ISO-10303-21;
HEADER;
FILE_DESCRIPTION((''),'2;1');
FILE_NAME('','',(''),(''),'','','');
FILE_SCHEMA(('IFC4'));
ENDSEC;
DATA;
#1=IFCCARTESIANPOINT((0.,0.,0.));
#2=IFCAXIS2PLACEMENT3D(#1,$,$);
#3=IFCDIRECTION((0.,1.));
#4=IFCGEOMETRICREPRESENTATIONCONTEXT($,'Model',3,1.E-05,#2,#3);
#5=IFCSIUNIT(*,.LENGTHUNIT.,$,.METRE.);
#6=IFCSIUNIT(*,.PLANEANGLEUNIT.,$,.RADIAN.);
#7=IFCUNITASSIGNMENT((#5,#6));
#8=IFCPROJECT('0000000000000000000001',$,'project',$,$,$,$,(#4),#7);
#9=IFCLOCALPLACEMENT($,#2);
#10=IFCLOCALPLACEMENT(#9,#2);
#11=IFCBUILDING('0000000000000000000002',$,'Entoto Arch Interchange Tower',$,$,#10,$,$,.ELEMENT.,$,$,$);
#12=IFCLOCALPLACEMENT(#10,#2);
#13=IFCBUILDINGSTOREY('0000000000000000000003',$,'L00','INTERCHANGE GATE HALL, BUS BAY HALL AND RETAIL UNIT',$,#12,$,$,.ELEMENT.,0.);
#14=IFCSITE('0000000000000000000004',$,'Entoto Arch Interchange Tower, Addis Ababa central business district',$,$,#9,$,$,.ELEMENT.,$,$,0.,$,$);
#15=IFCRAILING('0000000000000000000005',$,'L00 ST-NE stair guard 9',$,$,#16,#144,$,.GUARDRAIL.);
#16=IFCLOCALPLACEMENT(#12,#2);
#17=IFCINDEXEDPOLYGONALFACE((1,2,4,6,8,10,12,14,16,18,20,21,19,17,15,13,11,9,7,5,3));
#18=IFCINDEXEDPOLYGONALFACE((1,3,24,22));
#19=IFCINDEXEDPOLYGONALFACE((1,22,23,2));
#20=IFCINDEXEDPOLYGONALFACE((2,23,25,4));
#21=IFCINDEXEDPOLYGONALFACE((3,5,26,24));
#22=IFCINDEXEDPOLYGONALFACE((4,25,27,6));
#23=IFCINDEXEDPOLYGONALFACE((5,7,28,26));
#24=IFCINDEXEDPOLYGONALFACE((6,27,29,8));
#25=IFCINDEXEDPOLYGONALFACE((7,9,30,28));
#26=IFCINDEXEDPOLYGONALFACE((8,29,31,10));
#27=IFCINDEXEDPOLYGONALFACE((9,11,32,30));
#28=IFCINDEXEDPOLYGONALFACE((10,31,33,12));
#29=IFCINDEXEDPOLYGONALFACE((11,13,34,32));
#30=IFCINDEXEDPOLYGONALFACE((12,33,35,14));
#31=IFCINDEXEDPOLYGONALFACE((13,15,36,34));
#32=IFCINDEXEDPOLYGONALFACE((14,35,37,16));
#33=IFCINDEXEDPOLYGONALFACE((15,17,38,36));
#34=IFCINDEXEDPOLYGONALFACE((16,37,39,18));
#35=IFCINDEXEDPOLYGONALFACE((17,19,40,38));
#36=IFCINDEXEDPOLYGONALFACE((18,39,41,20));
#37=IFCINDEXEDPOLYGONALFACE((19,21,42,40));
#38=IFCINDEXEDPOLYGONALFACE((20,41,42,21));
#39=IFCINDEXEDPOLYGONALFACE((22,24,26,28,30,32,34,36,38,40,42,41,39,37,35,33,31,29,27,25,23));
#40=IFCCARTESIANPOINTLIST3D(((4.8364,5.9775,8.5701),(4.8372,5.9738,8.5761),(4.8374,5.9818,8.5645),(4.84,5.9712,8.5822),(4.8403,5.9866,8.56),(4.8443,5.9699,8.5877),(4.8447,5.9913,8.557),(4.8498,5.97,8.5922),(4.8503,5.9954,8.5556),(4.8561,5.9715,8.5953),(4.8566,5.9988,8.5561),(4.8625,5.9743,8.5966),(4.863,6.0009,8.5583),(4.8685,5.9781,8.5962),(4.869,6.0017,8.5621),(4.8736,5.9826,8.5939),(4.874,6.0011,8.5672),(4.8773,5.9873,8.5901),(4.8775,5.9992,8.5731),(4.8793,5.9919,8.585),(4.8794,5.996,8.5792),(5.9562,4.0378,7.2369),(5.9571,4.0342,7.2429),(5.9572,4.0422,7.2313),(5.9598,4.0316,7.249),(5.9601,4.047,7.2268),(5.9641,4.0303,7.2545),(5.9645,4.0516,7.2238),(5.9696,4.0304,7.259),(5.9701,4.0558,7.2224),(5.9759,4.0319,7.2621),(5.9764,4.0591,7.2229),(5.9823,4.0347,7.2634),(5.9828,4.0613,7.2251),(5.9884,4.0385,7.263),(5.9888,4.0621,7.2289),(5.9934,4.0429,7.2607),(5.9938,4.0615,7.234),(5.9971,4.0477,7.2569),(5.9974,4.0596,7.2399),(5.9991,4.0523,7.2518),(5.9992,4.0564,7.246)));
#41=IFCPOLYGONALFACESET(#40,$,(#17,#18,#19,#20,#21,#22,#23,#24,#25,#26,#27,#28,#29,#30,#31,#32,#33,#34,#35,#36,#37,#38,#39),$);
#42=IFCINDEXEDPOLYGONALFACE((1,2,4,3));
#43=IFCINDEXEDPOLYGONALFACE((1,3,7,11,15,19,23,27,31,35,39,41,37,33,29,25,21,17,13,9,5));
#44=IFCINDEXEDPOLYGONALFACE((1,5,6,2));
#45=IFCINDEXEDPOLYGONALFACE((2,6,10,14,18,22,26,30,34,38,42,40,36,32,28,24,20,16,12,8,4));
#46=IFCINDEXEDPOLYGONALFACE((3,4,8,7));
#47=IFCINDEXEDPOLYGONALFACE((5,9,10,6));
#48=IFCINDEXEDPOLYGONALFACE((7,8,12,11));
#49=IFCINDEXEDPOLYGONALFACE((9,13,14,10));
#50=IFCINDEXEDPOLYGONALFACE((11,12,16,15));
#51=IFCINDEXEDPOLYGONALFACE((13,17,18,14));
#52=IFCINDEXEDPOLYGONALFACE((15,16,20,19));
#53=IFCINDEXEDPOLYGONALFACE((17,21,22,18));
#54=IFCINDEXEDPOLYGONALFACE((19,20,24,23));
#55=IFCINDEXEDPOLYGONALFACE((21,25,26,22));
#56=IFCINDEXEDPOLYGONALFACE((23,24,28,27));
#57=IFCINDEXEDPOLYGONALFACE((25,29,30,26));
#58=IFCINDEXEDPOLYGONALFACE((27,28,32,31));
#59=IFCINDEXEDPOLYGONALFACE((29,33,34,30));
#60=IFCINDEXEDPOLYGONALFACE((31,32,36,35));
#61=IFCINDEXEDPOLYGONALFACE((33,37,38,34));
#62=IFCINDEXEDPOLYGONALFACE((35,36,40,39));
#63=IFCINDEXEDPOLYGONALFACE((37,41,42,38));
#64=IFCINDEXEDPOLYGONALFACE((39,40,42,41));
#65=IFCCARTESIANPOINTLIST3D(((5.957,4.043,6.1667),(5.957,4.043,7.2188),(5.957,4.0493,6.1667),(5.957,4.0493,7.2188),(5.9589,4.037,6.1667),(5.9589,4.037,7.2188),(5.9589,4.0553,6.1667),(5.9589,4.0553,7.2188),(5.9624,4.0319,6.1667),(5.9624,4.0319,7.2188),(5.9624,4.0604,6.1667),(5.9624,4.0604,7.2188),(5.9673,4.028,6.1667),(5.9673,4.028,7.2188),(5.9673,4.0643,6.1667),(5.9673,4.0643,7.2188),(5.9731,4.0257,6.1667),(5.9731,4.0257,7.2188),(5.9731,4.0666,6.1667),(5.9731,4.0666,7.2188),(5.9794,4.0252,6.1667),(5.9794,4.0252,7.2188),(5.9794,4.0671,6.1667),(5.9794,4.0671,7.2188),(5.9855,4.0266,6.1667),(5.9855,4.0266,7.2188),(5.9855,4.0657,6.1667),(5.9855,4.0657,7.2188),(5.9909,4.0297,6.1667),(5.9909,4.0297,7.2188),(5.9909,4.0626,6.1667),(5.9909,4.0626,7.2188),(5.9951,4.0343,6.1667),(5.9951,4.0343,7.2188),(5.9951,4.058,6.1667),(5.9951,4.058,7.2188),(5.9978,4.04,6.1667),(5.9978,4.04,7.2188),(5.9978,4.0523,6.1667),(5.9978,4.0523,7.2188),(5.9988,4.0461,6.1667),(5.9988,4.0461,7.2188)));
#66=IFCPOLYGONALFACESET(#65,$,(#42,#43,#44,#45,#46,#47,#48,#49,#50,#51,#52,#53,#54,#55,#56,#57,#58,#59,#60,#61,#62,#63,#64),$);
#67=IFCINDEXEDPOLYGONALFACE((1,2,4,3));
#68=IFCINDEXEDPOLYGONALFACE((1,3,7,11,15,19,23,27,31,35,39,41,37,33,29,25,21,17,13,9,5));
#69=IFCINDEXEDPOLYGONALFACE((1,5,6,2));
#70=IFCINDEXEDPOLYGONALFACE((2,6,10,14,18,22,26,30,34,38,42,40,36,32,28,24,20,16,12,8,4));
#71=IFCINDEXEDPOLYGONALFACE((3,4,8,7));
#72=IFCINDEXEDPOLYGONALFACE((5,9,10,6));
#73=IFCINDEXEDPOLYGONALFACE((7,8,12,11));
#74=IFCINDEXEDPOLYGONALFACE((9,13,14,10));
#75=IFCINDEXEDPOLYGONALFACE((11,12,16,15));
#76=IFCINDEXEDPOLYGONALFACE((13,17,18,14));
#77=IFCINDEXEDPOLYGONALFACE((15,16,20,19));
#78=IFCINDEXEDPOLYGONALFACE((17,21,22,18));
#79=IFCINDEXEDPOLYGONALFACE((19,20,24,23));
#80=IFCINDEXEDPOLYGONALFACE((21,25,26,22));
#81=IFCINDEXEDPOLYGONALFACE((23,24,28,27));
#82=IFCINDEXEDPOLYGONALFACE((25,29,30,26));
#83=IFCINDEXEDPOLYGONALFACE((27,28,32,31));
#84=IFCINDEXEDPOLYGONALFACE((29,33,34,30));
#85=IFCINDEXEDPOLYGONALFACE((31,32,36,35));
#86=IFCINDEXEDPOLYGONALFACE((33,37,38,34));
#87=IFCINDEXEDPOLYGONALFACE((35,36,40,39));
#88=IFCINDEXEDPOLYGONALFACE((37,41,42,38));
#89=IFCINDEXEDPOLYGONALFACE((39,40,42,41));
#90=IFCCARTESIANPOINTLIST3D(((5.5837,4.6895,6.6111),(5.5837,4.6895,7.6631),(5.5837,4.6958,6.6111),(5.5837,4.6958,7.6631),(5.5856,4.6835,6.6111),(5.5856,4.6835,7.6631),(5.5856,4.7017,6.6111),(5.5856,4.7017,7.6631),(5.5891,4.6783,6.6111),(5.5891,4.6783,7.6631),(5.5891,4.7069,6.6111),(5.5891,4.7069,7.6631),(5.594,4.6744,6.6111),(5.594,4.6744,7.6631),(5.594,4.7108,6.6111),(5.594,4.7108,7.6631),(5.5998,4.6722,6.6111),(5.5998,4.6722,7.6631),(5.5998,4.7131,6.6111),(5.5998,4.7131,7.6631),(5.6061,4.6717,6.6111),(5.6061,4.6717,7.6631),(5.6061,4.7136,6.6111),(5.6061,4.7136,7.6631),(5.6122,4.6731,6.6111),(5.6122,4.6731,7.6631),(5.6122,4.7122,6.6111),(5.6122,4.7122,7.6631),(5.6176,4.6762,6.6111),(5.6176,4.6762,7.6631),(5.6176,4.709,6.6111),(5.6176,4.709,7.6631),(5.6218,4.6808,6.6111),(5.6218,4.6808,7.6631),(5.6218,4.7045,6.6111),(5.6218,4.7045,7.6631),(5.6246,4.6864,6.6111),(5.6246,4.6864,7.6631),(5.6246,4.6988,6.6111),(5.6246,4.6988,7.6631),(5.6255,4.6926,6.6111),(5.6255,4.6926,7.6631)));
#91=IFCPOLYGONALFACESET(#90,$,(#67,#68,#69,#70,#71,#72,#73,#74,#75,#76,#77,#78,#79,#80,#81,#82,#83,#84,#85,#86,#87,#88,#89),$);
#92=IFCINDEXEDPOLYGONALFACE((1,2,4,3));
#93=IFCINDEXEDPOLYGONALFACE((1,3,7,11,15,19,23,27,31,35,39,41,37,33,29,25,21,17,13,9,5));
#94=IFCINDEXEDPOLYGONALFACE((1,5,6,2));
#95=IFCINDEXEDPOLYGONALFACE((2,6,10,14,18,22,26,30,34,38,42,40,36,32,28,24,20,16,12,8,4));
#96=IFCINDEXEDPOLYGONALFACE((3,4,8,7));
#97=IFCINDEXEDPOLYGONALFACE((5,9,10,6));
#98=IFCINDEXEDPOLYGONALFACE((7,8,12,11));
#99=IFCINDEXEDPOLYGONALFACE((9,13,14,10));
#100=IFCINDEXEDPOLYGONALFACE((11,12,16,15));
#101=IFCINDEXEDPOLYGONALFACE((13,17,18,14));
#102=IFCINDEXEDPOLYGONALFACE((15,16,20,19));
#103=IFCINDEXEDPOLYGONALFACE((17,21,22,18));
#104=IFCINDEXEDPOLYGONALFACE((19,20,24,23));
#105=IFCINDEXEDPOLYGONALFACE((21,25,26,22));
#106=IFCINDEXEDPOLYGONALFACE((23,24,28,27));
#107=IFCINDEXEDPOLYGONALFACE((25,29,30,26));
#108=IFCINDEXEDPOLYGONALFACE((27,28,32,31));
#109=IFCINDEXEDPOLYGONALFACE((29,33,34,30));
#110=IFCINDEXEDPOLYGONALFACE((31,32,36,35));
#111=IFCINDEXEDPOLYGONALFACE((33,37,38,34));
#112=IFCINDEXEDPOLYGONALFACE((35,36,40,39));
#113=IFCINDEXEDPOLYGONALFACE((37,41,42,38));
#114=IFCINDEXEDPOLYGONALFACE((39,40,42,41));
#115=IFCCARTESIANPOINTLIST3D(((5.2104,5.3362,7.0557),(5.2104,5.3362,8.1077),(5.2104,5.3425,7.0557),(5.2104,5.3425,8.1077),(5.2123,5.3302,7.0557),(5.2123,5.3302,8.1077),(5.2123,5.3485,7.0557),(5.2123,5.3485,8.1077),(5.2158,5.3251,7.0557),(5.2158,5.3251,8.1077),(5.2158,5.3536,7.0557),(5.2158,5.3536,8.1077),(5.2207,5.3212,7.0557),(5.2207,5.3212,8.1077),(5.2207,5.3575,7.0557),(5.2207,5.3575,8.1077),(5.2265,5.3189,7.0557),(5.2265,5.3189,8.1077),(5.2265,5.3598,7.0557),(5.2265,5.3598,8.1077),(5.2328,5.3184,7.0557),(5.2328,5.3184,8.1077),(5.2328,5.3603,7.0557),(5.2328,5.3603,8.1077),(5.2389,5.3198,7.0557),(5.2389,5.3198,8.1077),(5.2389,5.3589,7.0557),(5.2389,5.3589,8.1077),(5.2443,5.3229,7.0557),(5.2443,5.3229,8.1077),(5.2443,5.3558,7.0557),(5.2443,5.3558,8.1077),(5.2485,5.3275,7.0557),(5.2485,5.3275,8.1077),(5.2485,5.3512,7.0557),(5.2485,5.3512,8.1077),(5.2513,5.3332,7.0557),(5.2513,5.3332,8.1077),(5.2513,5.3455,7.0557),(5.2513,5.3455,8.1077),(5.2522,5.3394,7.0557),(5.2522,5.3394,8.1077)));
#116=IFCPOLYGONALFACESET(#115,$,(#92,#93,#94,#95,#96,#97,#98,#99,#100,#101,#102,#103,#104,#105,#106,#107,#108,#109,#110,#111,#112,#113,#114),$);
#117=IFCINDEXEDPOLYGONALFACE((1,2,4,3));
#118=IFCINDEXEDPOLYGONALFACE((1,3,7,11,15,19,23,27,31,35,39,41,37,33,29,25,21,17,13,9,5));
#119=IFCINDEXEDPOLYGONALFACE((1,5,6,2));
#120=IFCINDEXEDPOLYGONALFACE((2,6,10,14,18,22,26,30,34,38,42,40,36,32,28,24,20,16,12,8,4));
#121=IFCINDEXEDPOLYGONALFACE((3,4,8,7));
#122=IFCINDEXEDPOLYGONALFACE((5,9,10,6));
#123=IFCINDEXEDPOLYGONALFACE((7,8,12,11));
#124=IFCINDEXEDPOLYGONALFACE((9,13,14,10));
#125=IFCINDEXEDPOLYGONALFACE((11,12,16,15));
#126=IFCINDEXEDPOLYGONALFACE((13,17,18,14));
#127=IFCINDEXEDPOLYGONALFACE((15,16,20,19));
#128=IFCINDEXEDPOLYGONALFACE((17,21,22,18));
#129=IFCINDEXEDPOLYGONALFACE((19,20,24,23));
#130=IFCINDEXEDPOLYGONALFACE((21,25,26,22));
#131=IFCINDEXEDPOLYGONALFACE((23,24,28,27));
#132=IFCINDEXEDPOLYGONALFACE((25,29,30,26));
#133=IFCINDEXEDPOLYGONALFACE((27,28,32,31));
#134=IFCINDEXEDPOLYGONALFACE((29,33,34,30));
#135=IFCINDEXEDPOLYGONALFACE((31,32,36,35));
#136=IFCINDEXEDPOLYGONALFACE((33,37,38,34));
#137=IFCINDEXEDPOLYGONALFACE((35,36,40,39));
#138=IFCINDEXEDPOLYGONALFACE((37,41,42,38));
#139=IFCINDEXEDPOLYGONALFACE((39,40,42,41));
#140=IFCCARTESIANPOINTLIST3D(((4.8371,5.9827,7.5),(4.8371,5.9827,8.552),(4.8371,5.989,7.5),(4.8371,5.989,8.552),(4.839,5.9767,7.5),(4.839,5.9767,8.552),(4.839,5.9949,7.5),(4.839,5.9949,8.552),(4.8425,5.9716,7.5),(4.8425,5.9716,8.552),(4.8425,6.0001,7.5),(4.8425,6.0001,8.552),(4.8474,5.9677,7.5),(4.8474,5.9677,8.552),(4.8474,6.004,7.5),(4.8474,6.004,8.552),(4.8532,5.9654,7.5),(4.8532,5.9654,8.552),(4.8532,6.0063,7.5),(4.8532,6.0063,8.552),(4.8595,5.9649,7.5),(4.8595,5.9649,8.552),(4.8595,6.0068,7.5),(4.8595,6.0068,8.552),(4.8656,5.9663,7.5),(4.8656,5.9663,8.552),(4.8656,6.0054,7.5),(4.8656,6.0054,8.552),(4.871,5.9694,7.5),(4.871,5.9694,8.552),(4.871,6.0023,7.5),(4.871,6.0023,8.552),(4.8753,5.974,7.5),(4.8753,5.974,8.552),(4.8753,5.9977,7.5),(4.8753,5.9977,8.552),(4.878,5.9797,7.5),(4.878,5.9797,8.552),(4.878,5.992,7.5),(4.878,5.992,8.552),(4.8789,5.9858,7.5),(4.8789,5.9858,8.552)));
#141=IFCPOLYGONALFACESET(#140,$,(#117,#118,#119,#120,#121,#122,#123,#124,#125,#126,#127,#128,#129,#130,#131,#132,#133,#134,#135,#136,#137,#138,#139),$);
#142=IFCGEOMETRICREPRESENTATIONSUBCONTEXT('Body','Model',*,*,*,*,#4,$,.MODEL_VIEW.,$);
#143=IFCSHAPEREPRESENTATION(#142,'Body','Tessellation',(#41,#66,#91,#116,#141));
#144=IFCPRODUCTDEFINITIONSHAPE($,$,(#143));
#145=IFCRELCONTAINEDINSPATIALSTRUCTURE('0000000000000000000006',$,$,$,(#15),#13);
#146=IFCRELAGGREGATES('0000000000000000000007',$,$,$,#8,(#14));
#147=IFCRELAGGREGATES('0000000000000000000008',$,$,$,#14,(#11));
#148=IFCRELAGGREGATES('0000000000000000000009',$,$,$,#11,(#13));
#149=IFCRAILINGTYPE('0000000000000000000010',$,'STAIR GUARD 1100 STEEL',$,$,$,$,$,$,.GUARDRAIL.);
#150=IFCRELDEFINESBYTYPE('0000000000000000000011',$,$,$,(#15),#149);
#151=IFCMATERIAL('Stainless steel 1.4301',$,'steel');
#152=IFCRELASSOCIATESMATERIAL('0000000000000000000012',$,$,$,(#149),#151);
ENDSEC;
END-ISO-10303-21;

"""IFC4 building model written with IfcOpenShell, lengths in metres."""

from ifc_helpers import new_model, si_unit, direction, frame, origin, origin_2d, place, context, subcontext, project, spatial, circle, extrude, material, type_object, element, save


model = new_model("IFC4")

# Units and contexts
model_context = context("Model", 3, precision=1e-05, world=origin(), true_north=direction((0.0, 1.0)))
body_context = subcontext(model_context, "Body", "Model", "MODEL_VIEW")
ifc_project = project(units=[si_unit("LENGTHUNIT", "METRE"), si_unit("PLANEANGLEUNIT", "RADIAN")], contexts=[model_context])

# Site, building, storey
site_placement = place(None, origin())
site = spatial("IfcSite", under=ifc_project, at=site_placement, Name="Entoto Arch Interchange Tower, Addis Ababa central business district", CompositionType="ELEMENT", RefElevation=0.0)
building_placement = place(site_placement, origin())
building = spatial("IfcBuilding", under=site, at=building_placement, Name="Entoto Arch Interchange Tower", CompositionType="ELEMENT")
storey_placement = place(building_placement, origin())
storey = spatial("IfcBuildingStorey", under=building, at=storey_placement, Name="L00", Description="INTERCHANGE GATE HALL, BUS BAY HALL AND RETAIL UNIT", CompositionType="ELEMENT", Elevation=0.0)

# Railing
ifc_material_1 = material(Name="Stainless steel 1.4301", Category="steel")
railing_type_1 = type_object("IfcRailingType", Name="STAIR GUARD 1100 STEEL", PredefinedType="GUARDRAIL", material=ifc_material_1)
railing_1_placement = place(storey_placement, frame((5.9778, 4.0461, 6.1667)))
element("IfcRailing", 1, at=railing_1_placement, inside=storey, type_object=railing_type_1, Name="L00 ST-NE stair guard 9", PredefinedType="GUARDRAIL", context=body_context, shape_type="SweptSolid", body=[
    extrude(circle(Radius=0.0239, at=origin_2d()), frame((0.0, 0.0, 1.0762), z_axis=(-0.429638, 0.744163, 0.511501), x_axis=(-0.866028, -0.499996, 0.0)), (0.0, 0.0, 1.0), 2.6064),
    extrude(circle(Radius=0.021, at=origin_2d()), origin(), (0.0, 0.0, 1.0), 1.052),
    extrude(circle(Radius=0.021, at=origin_2d()), frame((-0.3733, 0.6465, 0.4443)), (0.0, 0.0, 1.0), 1.052),
    extrude(circle(Radius=0.021, at=origin_2d()), frame((-0.7466, 1.2932, 0.8889)), (0.0, 0.0, 1.0), 1.052),
    extrude(circle(Radius=0.021, at=origin_2d()), frame((-1.1199, 1.9397, 1.3333)), (0.0, 0.0, 1.0), 1.052),
])

save(model, "model.ifc")
